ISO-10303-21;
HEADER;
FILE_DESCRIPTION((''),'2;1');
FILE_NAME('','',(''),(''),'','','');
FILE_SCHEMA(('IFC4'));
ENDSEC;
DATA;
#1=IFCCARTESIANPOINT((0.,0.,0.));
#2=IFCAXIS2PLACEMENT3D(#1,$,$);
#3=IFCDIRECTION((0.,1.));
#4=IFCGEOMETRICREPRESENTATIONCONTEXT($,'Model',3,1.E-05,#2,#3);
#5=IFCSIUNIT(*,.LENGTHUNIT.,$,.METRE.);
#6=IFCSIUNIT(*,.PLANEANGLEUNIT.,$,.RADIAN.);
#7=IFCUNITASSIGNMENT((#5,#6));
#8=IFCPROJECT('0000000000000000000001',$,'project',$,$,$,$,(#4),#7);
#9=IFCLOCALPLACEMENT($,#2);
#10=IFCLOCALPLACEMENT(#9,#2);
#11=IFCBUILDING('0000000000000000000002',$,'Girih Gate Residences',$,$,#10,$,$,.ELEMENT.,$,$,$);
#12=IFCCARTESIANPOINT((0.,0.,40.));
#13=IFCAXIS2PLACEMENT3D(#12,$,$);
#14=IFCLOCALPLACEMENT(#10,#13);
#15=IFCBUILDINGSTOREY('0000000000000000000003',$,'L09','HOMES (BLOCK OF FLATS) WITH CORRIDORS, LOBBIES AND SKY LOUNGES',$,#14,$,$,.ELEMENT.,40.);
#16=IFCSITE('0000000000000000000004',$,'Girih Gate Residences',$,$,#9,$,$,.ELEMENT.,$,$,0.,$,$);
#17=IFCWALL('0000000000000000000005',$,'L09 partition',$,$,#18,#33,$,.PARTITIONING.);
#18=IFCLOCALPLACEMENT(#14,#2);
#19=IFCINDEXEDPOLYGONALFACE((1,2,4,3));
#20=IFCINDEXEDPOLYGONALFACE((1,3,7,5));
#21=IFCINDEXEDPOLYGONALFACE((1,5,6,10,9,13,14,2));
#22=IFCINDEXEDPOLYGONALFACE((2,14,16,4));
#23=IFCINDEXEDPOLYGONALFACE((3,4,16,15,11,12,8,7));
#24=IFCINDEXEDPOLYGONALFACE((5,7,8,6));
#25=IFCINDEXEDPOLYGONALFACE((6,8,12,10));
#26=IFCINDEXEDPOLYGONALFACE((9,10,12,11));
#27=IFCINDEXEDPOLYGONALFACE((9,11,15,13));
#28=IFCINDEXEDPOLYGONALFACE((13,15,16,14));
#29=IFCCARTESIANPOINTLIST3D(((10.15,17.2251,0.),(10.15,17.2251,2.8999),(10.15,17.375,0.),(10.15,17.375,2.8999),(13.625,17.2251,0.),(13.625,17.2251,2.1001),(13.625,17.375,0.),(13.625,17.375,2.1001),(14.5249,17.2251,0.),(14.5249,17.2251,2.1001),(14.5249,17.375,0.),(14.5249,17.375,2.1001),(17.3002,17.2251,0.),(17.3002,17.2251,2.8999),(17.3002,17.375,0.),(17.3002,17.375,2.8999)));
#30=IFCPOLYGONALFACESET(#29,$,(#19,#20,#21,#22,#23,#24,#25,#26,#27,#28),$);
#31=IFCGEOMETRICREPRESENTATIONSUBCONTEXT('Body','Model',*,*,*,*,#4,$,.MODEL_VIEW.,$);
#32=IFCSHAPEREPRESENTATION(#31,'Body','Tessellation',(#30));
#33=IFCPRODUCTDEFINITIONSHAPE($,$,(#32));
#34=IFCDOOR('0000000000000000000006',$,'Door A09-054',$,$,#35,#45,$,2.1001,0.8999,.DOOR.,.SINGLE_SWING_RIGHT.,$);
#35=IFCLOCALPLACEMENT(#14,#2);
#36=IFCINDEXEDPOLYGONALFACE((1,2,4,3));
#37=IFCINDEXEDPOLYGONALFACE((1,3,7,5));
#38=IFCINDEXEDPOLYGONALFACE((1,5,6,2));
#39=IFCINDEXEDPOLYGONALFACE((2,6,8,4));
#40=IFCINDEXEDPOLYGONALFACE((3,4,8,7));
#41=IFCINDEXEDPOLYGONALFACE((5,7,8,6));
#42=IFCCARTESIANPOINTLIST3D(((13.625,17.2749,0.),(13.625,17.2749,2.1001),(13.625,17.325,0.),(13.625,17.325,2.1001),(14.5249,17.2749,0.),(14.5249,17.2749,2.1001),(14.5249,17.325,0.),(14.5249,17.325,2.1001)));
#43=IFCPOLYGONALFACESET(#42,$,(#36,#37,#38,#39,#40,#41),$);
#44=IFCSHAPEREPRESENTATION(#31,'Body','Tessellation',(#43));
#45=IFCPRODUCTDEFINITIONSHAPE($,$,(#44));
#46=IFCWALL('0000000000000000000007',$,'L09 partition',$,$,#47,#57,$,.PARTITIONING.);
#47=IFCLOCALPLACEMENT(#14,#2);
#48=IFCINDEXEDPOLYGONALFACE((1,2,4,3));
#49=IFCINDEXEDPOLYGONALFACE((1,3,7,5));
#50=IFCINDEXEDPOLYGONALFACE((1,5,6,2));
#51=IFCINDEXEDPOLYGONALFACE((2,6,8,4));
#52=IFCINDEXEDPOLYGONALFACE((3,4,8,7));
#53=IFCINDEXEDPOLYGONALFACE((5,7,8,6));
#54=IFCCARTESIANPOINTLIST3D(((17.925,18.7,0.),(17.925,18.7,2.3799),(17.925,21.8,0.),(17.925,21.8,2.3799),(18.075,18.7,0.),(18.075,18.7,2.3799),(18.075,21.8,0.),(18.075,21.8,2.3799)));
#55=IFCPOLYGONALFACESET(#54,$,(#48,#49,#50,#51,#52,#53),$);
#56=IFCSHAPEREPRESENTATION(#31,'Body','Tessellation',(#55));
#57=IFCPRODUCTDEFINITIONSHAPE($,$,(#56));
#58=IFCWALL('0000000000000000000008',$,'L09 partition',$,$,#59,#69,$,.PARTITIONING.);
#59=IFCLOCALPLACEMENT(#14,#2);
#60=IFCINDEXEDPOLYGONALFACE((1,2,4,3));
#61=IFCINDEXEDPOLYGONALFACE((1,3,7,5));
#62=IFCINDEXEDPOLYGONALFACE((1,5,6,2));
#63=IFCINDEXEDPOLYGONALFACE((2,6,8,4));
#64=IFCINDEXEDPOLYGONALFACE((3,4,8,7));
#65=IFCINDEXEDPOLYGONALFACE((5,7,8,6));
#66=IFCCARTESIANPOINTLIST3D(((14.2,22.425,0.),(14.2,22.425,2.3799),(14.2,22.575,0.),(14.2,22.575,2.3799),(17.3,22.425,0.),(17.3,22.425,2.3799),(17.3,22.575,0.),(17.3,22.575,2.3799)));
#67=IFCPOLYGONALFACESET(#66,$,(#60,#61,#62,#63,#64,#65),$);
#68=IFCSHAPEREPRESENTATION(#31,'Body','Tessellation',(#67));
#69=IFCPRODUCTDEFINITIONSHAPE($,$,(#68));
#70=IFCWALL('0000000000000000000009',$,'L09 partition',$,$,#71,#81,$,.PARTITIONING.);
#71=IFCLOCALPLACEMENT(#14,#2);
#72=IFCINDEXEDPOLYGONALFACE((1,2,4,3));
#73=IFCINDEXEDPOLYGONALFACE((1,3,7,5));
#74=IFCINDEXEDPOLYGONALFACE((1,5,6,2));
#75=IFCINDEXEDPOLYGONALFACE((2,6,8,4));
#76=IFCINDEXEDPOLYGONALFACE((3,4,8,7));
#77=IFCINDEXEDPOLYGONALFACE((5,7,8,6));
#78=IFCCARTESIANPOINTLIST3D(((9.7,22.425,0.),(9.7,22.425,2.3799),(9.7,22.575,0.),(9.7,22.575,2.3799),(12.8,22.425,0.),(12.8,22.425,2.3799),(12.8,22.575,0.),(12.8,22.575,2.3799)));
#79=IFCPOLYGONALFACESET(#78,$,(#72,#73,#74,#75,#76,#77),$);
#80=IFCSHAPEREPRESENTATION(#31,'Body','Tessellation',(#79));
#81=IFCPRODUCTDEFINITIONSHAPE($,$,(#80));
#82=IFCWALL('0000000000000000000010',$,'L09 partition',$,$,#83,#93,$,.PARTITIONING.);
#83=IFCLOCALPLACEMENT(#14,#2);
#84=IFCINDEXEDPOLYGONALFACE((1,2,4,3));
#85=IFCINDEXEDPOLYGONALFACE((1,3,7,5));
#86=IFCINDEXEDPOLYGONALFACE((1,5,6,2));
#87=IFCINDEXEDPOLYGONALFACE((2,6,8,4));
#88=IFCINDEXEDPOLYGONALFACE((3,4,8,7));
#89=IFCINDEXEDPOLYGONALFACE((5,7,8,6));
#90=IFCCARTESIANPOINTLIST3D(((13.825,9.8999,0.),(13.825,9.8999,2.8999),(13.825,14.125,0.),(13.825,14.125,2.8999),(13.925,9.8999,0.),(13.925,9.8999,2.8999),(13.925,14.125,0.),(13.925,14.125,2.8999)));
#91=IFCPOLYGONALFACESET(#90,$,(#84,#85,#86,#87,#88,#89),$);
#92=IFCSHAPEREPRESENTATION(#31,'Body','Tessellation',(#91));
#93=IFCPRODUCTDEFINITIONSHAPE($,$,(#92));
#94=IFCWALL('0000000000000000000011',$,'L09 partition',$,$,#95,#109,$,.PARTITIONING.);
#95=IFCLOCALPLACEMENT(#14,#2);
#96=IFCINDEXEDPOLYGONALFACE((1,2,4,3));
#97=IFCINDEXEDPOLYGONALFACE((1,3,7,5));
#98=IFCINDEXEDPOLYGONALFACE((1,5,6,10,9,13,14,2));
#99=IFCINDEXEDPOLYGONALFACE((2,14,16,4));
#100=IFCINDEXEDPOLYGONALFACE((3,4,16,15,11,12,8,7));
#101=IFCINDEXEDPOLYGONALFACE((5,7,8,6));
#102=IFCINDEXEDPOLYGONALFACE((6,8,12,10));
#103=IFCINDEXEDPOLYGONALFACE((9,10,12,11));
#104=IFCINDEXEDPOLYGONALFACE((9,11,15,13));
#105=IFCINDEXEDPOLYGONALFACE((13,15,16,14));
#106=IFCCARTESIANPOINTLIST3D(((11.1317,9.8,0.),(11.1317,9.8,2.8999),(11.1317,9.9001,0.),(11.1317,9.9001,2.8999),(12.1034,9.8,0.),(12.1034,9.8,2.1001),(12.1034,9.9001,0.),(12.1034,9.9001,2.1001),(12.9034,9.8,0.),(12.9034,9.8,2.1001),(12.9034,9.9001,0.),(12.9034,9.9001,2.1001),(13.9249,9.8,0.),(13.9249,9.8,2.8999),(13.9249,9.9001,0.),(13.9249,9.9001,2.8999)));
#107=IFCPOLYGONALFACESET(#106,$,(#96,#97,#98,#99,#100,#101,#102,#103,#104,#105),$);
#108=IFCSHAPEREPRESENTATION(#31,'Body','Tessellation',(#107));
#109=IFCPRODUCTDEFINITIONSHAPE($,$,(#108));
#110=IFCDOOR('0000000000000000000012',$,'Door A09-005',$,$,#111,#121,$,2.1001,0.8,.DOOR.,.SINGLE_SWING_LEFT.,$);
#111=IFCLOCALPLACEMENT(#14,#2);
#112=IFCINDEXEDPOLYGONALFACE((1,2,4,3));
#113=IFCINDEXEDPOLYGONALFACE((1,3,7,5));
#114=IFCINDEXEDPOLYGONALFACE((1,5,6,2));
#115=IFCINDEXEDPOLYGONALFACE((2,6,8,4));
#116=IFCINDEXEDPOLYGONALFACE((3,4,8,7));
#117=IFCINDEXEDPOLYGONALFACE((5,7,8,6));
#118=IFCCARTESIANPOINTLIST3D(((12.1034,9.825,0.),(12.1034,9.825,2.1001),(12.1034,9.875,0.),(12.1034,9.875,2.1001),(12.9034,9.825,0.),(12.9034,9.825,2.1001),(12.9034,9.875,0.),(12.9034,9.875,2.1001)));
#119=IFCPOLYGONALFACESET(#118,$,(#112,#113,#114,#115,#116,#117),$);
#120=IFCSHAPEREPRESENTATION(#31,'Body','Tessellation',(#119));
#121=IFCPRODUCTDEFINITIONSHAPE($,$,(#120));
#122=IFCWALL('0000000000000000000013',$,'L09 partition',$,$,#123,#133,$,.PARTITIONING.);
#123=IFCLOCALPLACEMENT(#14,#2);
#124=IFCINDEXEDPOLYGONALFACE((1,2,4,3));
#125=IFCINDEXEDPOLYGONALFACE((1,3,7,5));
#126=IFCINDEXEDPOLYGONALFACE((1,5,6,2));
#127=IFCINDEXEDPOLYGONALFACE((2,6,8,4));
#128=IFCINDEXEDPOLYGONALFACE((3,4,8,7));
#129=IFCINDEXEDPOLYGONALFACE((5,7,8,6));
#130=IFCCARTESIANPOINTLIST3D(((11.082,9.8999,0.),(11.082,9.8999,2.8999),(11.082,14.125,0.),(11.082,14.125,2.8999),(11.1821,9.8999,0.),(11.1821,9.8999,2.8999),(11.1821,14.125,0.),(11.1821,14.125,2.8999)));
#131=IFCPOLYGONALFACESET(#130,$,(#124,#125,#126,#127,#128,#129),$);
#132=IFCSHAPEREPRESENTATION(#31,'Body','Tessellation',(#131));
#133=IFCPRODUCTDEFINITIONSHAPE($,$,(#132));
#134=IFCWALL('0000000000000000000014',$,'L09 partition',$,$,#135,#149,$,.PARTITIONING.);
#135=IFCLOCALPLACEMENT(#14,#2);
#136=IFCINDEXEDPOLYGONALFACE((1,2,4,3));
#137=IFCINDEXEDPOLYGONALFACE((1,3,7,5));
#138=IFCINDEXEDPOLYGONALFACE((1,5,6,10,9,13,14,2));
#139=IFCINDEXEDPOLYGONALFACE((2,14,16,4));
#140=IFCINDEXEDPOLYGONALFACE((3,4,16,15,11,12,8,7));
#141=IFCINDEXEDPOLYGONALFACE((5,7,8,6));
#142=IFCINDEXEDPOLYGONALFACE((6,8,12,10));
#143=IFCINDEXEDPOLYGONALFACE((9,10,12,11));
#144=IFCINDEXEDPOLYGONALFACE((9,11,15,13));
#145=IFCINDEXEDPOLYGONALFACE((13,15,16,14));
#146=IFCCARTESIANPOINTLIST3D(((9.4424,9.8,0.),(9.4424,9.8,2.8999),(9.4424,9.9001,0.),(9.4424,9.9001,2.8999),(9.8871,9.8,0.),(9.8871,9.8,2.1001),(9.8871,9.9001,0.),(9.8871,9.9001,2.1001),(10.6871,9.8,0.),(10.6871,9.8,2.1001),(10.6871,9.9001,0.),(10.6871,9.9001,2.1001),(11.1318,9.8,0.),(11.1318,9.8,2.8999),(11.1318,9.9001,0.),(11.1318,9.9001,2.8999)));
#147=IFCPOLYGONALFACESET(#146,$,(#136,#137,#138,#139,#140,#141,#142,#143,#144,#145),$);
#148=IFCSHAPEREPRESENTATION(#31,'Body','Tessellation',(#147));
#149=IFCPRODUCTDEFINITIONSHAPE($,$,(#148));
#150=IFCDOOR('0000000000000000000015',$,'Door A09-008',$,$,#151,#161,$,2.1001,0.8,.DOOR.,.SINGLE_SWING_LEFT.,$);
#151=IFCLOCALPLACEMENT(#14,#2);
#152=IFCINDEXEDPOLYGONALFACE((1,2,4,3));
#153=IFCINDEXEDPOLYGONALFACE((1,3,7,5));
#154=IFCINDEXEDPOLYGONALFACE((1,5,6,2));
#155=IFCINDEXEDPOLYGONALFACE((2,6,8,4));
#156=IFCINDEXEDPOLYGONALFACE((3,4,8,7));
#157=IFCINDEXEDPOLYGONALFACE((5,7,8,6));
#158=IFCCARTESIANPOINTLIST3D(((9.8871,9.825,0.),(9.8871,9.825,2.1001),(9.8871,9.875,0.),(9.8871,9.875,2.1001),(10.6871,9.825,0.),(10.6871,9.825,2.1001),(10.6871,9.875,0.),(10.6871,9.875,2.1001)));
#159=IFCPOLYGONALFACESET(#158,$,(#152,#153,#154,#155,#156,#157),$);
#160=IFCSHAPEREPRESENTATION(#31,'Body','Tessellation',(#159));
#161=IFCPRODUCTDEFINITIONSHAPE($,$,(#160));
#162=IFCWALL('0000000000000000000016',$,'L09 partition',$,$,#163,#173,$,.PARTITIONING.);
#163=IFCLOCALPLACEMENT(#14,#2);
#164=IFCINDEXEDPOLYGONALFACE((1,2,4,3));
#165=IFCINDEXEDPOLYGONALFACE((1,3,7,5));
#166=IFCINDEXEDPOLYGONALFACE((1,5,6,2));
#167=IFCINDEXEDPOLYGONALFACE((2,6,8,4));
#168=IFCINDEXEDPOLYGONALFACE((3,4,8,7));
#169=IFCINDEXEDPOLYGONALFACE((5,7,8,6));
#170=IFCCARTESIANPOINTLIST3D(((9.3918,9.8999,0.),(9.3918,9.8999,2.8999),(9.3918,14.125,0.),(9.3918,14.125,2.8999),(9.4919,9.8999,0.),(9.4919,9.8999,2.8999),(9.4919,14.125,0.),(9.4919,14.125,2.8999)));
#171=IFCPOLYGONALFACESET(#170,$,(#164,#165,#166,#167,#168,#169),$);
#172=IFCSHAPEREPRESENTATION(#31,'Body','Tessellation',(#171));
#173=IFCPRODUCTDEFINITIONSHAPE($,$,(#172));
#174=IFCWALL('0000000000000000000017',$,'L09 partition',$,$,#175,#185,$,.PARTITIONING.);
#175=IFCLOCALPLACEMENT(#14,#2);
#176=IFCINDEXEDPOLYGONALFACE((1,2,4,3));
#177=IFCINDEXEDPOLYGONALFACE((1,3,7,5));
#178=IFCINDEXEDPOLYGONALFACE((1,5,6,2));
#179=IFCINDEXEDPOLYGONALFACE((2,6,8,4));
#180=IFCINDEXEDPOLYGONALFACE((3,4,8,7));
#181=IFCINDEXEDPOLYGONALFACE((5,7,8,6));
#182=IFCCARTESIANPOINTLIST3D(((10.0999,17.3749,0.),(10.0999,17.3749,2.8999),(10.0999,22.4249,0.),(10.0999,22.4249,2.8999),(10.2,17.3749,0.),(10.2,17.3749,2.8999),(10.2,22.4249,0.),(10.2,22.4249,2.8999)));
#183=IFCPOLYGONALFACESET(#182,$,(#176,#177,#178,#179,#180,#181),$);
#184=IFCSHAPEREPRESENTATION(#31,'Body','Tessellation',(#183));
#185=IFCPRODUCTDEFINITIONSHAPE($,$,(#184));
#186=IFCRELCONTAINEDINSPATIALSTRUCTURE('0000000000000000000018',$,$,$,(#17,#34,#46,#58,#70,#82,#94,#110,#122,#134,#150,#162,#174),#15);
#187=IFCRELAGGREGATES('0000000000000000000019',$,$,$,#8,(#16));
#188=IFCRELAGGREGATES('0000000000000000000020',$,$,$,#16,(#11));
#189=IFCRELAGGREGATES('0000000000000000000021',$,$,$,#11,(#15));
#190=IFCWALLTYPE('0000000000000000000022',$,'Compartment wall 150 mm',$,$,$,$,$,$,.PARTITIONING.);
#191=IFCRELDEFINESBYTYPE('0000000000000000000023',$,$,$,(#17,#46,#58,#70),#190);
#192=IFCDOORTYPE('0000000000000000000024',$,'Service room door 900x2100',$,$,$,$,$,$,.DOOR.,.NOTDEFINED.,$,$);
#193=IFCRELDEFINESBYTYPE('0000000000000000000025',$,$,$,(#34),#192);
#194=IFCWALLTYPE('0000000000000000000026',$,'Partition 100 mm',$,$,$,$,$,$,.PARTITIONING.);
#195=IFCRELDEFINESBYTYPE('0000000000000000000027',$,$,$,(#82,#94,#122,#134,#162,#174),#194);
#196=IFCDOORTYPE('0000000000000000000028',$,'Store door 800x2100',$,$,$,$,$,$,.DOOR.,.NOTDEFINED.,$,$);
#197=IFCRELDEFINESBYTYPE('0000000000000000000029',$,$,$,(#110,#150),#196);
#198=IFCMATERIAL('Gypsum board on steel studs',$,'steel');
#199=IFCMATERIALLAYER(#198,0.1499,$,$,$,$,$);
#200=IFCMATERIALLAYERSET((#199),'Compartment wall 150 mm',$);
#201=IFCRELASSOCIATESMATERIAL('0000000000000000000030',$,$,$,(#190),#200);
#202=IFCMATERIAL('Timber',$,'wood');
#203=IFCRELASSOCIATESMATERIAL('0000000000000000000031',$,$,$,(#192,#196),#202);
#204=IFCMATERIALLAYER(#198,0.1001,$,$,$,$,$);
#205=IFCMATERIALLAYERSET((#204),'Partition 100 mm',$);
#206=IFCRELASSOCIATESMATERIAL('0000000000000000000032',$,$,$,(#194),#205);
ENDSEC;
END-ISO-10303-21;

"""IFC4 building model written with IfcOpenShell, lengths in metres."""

from ifc_helpers import new_model, si_unit, direction, frame, frame_2d, origin, place, context, subcontext, project, spatial, rectangle, extrude, material, layer, layer_set, type_object, element, fill, save


model = new_model("IFC4")

# Units and contexts
model_context = context("Model", 3, precision=1e-05, world=origin(), true_north=direction((0.0, 1.0)))
body_context = subcontext(model_context, "Body", "Model", "MODEL_VIEW")
ifc_project = project(units=[si_unit("LENGTHUNIT", "METRE"), si_unit("PLANEANGLEUNIT", "RADIAN")], contexts=[model_context])

# Site, building, storey
site_placement = place(None, origin())
site = spatial("IfcSite", under=ifc_project, at=site_placement, Name="Girih Gate Residences", CompositionType="ELEMENT", RefElevation=0.0)
building_placement = place(site_placement, origin())
building = spatial("IfcBuilding", under=site, at=building_placement, Name="Girih Gate Residences", CompositionType="ELEMENT")
storey_placement = place(building_placement, frame((0.0, 0.0, 40.0)))
storey = spatial("IfcBuildingStorey", under=building, at=storey_placement, Name="L09", Description="HOMES (BLOCK OF FLATS) WITH CORRIDORS, LOBBIES AND SKY LOUNGES", CompositionType="ELEMENT", Elevation=40.0)

# Shared definitions
ifc_material_1 = material(Name="Gypsum board on steel studs", Category="steel")
ifc_layer_1 = layer(ifc_material_1, 0.1499)
ifc_layer_set_1 = layer_set([ifc_layer_1], Name="Compartment wall 150 mm")
wall_type_1 = type_object("IfcWallType", Name="Compartment wall 150 mm", PredefinedType="PARTITIONING", material=ifc_layer_set_1)

# Wall, opening, door
wall_1_placement = place(storey_placement, frame((10.1499, 17.3, 0.0), z_axis=(0.0, 0.0, 1.0), x_axis=(1.0, 0.0, 0.0)))
wall_1 = element("IfcWall", 1, at=wall_1_placement, inside=storey, type_object=wall_type_1, Name="L09 partition", PredefinedType="PARTITIONING", context=body_context, shape_type="SweptSolid", body=[
    extrude(rectangle(XDim=7.1501, YDim=0.1499, at=frame_2d((3.5752, 0.0))), origin(), (0.0, 0.0, 1.0), 2.8999),
])
opening_1_placement = place(wall_1_placement, frame((3.4751, 0.0, 0.0)))
opening_1 = element("IfcOpeningElement", 2, at=opening_1_placement, cuts=wall_1, PredefinedType="OPENING", context=body_context, shape_type="SweptSolid", body=[
    extrude(rectangle(XDim=0.8999, YDim=2.1001, at=frame_2d((0.45, 1.05))), frame((0.0, 0.085, 0.0), z_axis=(0.0, -1.0, 0.0), x_axis=(1.0, 0.0, 0.0)), (0.0, 0.0, 1.0), 0.1699),
])
ifc_material_2 = material(Name="Timber", Category="wood")
door_type_1 = type_object("IfcDoorType", Name="Service room door 900x2100", OperationType="NOTDEFINED", PredefinedType="DOOR", material=ifc_material_2)
door_1_placement = place(opening_1_placement, origin())
door_1 = element("IfcDoor", 3, at=door_1_placement, inside=storey, type_object=door_type_1, Name="Door A09-054", OperationType="SINGLE_SWING_RIGHT", OverallHeight=2.1001, OverallWidth=0.8999, PredefinedType="DOOR", context=body_context, shape_type="SweptSolid", body=[
    extrude(rectangle(XDim=0.8999, YDim=2.1001, at=frame_2d((0.45, 1.05))), frame((0.0, 0.0249, 0.0), z_axis=(0.0, -1.0, 0.0), x_axis=(1.0, 0.0, 0.0)), (0.0, 0.0, 1.0), 0.05),
])
fill(opening_1, door_1)

# Walls
for number, where, z_axis, x_axis, name in (
    (4, (18.0, 18.7, 0.0), (0.0, 0.0, 1.0), (0.0, 1.0, 0.0), "L09 partition"),
    (5, (14.2, 22.5, 0.0), (0.0, 0.0, 1.0), (1.0, 0.0, 0.0), "L09 partition"),
    (6, (9.7, 22.5, 0.0), (0.0, 0.0, 1.0), (1.0, 0.0, 0.0), "L09 partition"),
):
    element("IfcWall", number, at=place(storey_placement, frame(where, z_axis=z_axis, x_axis=x_axis)), inside=storey, type_object=wall_type_1, Name=name, PredefinedType="PARTITIONING", context=body_context, shape_type="SweptSolid", body=[
        extrude(rectangle(XDim=3.1001, YDim=0.1499, at=frame_2d((1.55, 0.0))), origin(), (0.0, 0.0, 1.0), 2.3799),
    ])
ifc_layer_2 = layer(ifc_material_1, 0.1001)
ifc_layer_set_2 = layer_set([ifc_layer_2], Name="Partition 100 mm")
wall_type_2 = type_object("IfcWallType", Name="Partition 100 mm", PredefinedType="PARTITIONING", material=ifc_layer_set_2)
wall_2_placement = place(storey_placement, frame((13.875, 9.8999, 0.0), z_axis=(0.0, 0.0, 1.0), x_axis=(0.0, 1.0, 0.0)))
element("IfcWall", 7, at=wall_2_placement, inside=storey, type_object=wall_type_2, Name="L09 partition", PredefinedType="PARTITIONING", context=body_context, shape_type="SweptSolid", body=[
    extrude(rectangle(XDim=4.2251, YDim=0.1001, at=frame_2d((2.1125, 0.0))), origin(), (0.0, 0.0, 1.0), 2.8999),
])

# Wall, opening, door
wall_3_placement = place(storey_placement, frame((11.1318, 9.8501, 0.0), z_axis=(0.0, 0.0, 1.0), x_axis=(1.0, 0.0, 0.0)))
wall_3 = element("IfcWall", 8, at=wall_3_placement, inside=storey, type_object=wall_type_2, Name="L09 partition", PredefinedType="PARTITIONING", context=body_context, shape_type="SweptSolid", body=[
    extrude(rectangle(XDim=2.7932, YDim=0.1001, at=frame_2d((1.3965, 0.0))), origin(), (0.0, 0.0, 1.0), 2.8999),
])
opening_2_placement = place(wall_3_placement, frame((0.9717, 0.0, 0.0)))
opening_2 = element("IfcOpeningElement", 9, at=opening_2_placement, cuts=wall_3, PredefinedType="OPENING", context=body_context, shape_type="SweptSolid", body=[
    extrude(rectangle(XDim=0.8, YDim=2.1001, at=frame_2d((0.3999, 1.05))), frame((0.0, 0.0601, 0.0), z_axis=(0.0, -1.0, 0.0), x_axis=(1.0, 0.0, 0.0)), (0.0, 0.0, 1.0), 0.1201),
])
door_type_2 = type_object("IfcDoorType", Name="Store door 800x2100", OperationType="NOTDEFINED", PredefinedType="DOOR", material=ifc_material_2)
door_2_placement = place(opening_2_placement, origin())
door_2 = element("IfcDoor", 10, at=door_2_placement, inside=storey, type_object=door_type_2, Name="Door A09-005", OperationType="SINGLE_SWING_LEFT", OverallHeight=2.1001, OverallWidth=0.8, PredefinedType="DOOR", context=body_context, shape_type="SweptSolid", body=[
    extrude(rectangle(XDim=0.8, YDim=2.1001, at=frame_2d((0.3999, 1.05))), frame((0.0, 0.0249, 0.0), z_axis=(0.0, -1.0, 0.0), x_axis=(1.0, 0.0, 0.0)), (0.0, 0.0, 1.0), 0.05),
])
fill(opening_2, door_2)

# Wall
wall_4_placement = place(storey_placement, frame((11.1321, 9.8999, 0.0), z_axis=(0.0, 0.0, 1.0), x_axis=(0.0, 1.0, 0.0)))
element("IfcWall", 11, at=wall_4_placement, inside=storey, type_object=wall_type_2, Name="L09 partition", PredefinedType="PARTITIONING", context=body_context, shape_type="SweptSolid", body=[
    extrude(rectangle(XDim=4.2251, YDim=0.1001, at=frame_2d((2.1125, 0.0))), origin(), (0.0, 0.0, 1.0), 2.8999),
])

# Wall, opening, door
wall_5_placement = place(storey_placement, frame((9.4424, 9.8501, 0.0), z_axis=(0.0, 0.0, 1.0), x_axis=(1.0, 0.0, 0.0)))
wall_5 = element("IfcWall", 12, at=wall_5_placement, inside=storey, type_object=wall_type_2, Name="L09 partition", PredefinedType="PARTITIONING", context=body_context, shape_type="SweptSolid", body=[
    extrude(rectangle(XDim=1.6895, YDim=0.1001, at=frame_2d((0.8447, 0.0))), origin(), (0.0, 0.0, 1.0), 2.8999),
])
opening_3_placement = place(wall_5_placement, frame((0.4448, 0.0, 0.0)))
opening_3 = element("IfcOpeningElement", 13, at=opening_3_placement, cuts=wall_5, PredefinedType="OPENING", context=body_context, shape_type="SweptSolid", body=[
    extrude(rectangle(XDim=0.8, YDim=2.1001, at=frame_2d((0.3999, 1.05))), frame((0.0, 0.0601, 0.0), z_axis=(0.0, -1.0, 0.0), x_axis=(1.0, 0.0, 0.0)), (0.0, 0.0, 1.0), 0.1201),
])
door_3_placement = place(opening_3_placement, origin())
door_3 = element("IfcDoor", 14, at=door_3_placement, inside=storey, type_object=door_type_2, Name="Door A09-008", OperationType="SINGLE_SWING_LEFT", OverallHeight=2.1001, OverallWidth=0.8, PredefinedType="DOOR", context=body_context, shape_type="SweptSolid", body=[
    extrude(rectangle(XDim=0.8, YDim=2.1001, at=frame_2d((0.3999, 1.05))), frame((0.0, 0.0249, 0.0), z_axis=(0.0, -1.0, 0.0), x_axis=(1.0, 0.0, 0.0)), (0.0, 0.0, 1.0), 0.05),
])
fill(opening_3, door_3)

# Walls
wall_6_placement = place(storey_placement, frame((9.4419, 9.8999, 0.0), z_axis=(0.0, 0.0, 1.0), x_axis=(0.0, 1.0, 0.0)))
element("IfcWall", 15, at=wall_6_placement, inside=storey, type_object=wall_type_2, Name="L09 partition", PredefinedType="PARTITIONING", context=body_context, shape_type="SweptSolid", body=[
    extrude(rectangle(XDim=4.2251, YDim=0.1001, at=frame_2d((2.1125, 0.0))), origin(), (0.0, 0.0, 1.0), 2.8999),
])
wall_7_placement = place(storey_placement, frame((10.1499, 17.375, 0.0), z_axis=(0.0, 0.0, 1.0), x_axis=(0.0, 1.0, 0.0)))
element("IfcWall", 16, at=wall_7_placement, inside=storey, type_object=wall_type_2, Name="L09 partition", PredefinedType="PARTITIONING", context=body_context, shape_type="SweptSolid", body=[
    extrude(rectangle(XDim=5.05, YDim=0.1001, at=frame_2d((2.5249, 0.0))), origin(), (0.0, 0.0, 1.0), 2.8999),
])

save(model, "model.ifc")
